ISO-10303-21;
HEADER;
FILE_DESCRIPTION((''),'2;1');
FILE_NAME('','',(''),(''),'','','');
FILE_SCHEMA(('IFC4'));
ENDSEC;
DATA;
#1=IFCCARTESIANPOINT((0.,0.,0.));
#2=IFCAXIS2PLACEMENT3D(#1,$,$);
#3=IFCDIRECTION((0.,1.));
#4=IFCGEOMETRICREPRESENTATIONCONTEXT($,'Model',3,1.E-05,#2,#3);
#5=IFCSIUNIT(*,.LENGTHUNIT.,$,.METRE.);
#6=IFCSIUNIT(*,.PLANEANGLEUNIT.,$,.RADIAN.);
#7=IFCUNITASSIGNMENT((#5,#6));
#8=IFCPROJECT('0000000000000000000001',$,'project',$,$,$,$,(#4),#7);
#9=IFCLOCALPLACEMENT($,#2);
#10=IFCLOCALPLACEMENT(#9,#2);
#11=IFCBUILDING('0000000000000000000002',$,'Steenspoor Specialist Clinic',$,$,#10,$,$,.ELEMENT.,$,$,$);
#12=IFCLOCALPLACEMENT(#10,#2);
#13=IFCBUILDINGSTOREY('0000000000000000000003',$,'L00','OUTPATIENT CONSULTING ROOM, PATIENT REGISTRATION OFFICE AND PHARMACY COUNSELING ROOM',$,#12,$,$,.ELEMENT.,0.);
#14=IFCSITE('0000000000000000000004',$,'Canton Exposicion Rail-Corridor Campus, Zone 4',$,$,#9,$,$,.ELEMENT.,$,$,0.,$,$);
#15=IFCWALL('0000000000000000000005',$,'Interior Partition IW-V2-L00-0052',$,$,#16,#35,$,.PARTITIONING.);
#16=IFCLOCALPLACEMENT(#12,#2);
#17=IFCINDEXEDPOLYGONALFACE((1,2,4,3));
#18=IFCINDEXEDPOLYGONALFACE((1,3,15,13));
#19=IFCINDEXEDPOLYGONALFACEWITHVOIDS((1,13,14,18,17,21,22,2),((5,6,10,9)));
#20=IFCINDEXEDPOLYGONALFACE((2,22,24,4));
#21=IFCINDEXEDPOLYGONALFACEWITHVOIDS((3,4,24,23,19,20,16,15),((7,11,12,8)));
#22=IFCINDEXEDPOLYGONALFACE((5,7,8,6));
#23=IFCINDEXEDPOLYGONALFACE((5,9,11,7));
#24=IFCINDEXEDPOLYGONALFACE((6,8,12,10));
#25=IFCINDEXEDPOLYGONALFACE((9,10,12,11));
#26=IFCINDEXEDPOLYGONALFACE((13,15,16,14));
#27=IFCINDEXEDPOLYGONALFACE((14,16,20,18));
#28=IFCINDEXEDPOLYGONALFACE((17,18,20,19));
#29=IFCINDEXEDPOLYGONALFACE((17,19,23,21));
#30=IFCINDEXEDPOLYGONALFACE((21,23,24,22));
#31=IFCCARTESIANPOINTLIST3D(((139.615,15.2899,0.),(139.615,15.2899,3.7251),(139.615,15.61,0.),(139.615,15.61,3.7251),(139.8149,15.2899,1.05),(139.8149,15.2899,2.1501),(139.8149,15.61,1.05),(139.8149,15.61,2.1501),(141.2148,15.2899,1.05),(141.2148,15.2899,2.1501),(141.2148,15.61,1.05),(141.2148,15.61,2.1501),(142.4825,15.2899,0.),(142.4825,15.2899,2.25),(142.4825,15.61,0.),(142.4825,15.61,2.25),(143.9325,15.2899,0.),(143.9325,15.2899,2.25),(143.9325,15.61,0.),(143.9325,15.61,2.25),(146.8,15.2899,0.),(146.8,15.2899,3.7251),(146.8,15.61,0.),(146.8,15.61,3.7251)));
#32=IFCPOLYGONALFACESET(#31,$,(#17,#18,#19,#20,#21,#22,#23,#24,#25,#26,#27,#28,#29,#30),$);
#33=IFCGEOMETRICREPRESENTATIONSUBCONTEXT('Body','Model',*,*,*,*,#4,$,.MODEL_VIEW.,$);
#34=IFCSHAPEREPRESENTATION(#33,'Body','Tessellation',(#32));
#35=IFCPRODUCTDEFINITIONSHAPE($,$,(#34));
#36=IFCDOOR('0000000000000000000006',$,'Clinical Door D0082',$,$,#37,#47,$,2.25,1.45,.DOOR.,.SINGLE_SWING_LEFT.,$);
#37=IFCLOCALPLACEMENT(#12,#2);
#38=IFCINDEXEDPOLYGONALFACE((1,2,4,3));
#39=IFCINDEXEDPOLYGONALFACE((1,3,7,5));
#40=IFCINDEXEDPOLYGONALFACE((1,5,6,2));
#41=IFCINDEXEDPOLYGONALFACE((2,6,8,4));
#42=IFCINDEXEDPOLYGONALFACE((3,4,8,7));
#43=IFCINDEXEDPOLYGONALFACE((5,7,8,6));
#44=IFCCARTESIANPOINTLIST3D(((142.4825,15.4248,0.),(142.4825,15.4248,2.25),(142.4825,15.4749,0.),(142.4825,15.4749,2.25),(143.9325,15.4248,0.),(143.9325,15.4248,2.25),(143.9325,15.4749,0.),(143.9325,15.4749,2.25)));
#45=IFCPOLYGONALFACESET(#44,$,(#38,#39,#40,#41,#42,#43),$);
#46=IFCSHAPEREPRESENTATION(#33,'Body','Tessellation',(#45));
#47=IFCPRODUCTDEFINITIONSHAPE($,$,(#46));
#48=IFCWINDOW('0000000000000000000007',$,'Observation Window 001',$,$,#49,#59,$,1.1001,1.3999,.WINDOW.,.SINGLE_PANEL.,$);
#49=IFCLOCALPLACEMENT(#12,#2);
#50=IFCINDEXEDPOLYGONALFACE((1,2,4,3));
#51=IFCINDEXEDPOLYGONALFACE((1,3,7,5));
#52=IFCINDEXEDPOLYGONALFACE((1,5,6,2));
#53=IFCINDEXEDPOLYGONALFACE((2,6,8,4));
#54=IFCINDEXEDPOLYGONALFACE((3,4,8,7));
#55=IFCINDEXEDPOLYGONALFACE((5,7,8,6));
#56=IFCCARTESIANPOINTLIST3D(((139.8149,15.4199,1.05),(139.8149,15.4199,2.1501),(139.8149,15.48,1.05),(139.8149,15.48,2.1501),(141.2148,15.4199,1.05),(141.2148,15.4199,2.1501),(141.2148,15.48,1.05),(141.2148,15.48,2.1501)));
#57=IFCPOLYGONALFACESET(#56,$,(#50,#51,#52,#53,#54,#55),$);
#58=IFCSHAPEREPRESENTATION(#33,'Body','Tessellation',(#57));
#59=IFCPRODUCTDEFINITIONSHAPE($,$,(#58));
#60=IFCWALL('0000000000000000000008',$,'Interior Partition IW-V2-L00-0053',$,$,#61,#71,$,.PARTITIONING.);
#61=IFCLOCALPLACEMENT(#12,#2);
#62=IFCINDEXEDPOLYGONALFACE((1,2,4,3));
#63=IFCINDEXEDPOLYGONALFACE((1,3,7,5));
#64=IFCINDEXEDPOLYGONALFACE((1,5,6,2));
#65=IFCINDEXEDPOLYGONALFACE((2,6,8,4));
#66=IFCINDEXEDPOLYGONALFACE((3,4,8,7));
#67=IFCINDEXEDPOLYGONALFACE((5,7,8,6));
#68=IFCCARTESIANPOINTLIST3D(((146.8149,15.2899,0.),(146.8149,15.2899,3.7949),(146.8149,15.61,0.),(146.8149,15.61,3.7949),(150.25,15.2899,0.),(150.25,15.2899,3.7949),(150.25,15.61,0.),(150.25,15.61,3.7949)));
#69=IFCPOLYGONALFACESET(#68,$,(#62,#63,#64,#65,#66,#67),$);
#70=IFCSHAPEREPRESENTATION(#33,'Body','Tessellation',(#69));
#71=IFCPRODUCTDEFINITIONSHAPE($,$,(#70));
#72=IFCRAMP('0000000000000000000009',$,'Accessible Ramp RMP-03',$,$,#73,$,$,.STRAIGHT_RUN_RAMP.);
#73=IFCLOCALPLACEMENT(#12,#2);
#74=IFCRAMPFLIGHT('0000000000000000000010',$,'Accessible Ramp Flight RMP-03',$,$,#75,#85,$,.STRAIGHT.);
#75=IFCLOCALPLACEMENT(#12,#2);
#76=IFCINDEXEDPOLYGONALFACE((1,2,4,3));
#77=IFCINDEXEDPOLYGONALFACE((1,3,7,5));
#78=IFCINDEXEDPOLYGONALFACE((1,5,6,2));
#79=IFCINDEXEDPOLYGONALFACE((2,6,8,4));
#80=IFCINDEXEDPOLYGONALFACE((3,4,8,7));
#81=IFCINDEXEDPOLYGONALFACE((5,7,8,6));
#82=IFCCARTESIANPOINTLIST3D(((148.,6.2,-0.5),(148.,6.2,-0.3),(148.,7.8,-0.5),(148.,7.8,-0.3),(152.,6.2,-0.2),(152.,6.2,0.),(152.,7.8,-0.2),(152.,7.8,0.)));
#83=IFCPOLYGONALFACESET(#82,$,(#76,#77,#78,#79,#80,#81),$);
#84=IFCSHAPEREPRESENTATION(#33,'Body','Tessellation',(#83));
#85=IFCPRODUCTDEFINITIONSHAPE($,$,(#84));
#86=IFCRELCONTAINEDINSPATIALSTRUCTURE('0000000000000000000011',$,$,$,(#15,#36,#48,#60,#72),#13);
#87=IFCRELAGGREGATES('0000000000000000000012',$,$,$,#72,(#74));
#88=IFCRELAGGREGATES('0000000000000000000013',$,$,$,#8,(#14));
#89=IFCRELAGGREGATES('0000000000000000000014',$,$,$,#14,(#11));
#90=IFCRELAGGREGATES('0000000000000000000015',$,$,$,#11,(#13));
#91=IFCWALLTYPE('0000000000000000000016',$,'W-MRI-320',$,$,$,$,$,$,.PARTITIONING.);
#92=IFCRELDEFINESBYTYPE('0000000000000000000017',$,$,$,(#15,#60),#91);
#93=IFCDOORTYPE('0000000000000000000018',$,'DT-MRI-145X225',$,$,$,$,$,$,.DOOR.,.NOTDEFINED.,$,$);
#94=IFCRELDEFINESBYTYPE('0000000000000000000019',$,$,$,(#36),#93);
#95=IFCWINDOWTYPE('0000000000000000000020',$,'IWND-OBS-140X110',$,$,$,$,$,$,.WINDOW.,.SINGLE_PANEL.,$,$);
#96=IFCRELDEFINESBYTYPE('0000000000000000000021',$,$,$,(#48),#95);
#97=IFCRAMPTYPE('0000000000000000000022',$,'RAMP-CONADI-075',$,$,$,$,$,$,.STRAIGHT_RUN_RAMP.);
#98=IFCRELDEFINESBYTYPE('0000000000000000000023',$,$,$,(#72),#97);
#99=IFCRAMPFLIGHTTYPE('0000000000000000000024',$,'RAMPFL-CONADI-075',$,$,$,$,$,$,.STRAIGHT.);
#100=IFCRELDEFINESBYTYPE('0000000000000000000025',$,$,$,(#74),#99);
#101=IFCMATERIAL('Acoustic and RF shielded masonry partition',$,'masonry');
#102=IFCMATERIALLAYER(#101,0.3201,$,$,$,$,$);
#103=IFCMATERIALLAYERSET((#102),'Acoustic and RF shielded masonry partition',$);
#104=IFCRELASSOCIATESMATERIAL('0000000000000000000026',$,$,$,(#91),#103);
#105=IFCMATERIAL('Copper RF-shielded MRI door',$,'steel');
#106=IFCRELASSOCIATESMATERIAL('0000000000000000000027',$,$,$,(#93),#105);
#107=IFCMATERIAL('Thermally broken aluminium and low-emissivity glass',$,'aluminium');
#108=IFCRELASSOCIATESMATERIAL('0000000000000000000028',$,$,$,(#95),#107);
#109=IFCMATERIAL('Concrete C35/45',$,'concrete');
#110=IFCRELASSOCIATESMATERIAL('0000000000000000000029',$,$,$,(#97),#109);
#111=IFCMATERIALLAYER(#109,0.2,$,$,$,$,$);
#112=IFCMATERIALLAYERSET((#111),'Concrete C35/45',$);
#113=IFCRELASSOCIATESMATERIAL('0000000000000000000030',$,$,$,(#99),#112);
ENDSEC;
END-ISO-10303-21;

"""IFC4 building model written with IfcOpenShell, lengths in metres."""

from ifc_helpers import new_model, si_unit, direction, frame, frame_2d, origin, place, context, subcontext, project, spatial, polyline, rectangle, outline, extrude, material, layer, layer_set, type_object, element, fill, aggregate, save


model = new_model("IFC4")

# Units and contexts
model_context = context("Model", 3, precision=1e-05, world=origin(), true_north=direction((0.0, 1.0)))
body_context = subcontext(model_context, "Body", "Model", "MODEL_VIEW")
ifc_project = project(units=[si_unit("LENGTHUNIT", "METRE"), si_unit("PLANEANGLEUNIT", "RADIAN")], contexts=[model_context])

# Site, building, storey
site_placement = place(None, origin())
site = spatial("IfcSite", under=ifc_project, at=site_placement, Name="Canton Exposicion Rail-Corridor Campus, Zone 4", CompositionType="ELEMENT", RefElevation=0.0)
building_placement = place(site_placement, origin())
building = spatial("IfcBuilding", under=site, at=building_placement, Name="Steenspoor Specialist Clinic", CompositionType="ELEMENT")
storey_placement = place(building_placement, origin())
storey = spatial("IfcBuildingStorey", under=building, at=storey_placement, Name="L00", Description="OUTPATIENT CONSULTING ROOM, PATIENT REGISTRATION OFFICE AND PHARMACY COUNSELING ROOM", CompositionType="ELEMENT", Elevation=0.0)

# Shared definitions
ifc_material_1 = material(Name="Concrete C35/45", Category="concrete")

# Shared definitions
ifc_material_2 = material(Name="Thermally broken aluminium and low-emissivity glass", Category="aluminium")

# Wall, openings, door, window
ifc_material_3 = material(Name="Acoustic and RF shielded masonry partition", Category="masonry")
ifc_layer_1 = layer(ifc_material_3, 0.3201)
ifc_layer_set_1 = layer_set([ifc_layer_1], Name="Acoustic and RF shielded masonry partition")
wall_type_1 = type_object("IfcWallType", Name="W-MRI-320", PredefinedType="PARTITIONING", material=ifc_layer_set_1)
wall_1_placement = place(storey_placement, frame((139.615, 15.45, 0.0), z_axis=(0.0, 0.0, 1.0), x_axis=(1.0, 0.0, 0.0)))
wall_1 = element("IfcWall", 1, at=wall_1_placement, inside=storey, type_object=wall_type_1, Name="Interior Partition IW-V2-L00-0052", PredefinedType="PARTITIONING", context=body_context, shape_type="SweptSolid", body=[
    extrude(rectangle(XDim=7.1851, YDim=0.3201, at=frame_2d((3.5925, 0.0))), origin(), (0.0, 0.0, 1.0), 3.7251),
])
opening_1_placement = place(wall_1_placement, frame((2.8674, 0.0, 0.0)))
opening_1 = element("IfcOpeningElement", 2, at=opening_1_placement, cuts=wall_1, PredefinedType="OPENING", context=body_context, shape_type="SweptSolid", body=[
    extrude(rectangle(XDim=1.45, YDim=2.25, at=frame_2d((0.7251, 1.125))), frame((0.0, 0.1699, 0.0), z_axis=(0.0, -1.0, 0.0), x_axis=(1.0, 0.0, 0.0)), (0.0, 0.0, 1.0), 0.3401),
])
opening_2_placement = place(wall_1_placement, frame((0.2, 0.0, 1.05)))
opening_2 = element("IfcOpeningElement", 3, at=opening_2_placement, cuts=wall_1, PredefinedType="OPENING", context=body_context, shape_type="SweptSolid", body=[
    extrude(rectangle(XDim=1.3999, YDim=1.1001, at=frame_2d((0.7, 0.55))), frame((0.0, 0.1699, 0.0), z_axis=(0.0, -1.0, 0.0), x_axis=(1.0, 0.0, 0.0)), (0.0, 0.0, 1.0), 0.3401),
])
ifc_material_4 = material(Name="Copper RF-shielded MRI door", Category="steel")
door_type = type_object("IfcDoorType", Name="DT-MRI-145X225", OperationType="NOTDEFINED", PredefinedType="DOOR", material=ifc_material_4)
door_placement = place(opening_1_placement, origin())
door = element("IfcDoor", 4, at=door_placement, inside=storey, type_object=door_type, Name="Clinical Door D0082", OperationType="SINGLE_SWING_LEFT", OverallHeight=2.25, OverallWidth=1.45, PredefinedType="DOOR", context=body_context, shape_type="SweptSolid", body=[
    extrude(rectangle(XDim=1.45, YDim=2.25, at=frame_2d((0.7251, 1.125))), frame((0.0, 0.0249, 0.0), z_axis=(0.0, -1.0, 0.0), x_axis=(1.0, 0.0, 0.0)), (0.0, 0.0, 1.0), 0.05),
])
fill(opening_1, door)
window_type_1 = type_object("IfcWindowType", Name="IWND-OBS-140X110", PartitioningType="SINGLE_PANEL", PredefinedType="WINDOW", material=ifc_material_2)
window_1_placement = place(opening_2_placement, origin())
window_1 = element("IfcWindow", 5, at=window_1_placement, inside=storey, type_object=window_type_1, Name="Observation Window 001", OverallHeight=1.1001, OverallWidth=1.3999, PartitioningType="SINGLE_PANEL", PredefinedType="WINDOW", context=body_context, shape_type="SweptSolid", body=[
    extrude(rectangle(XDim=1.3999, YDim=1.1001, at=frame_2d((0.7, 0.55))), frame((0.0, 0.03, 0.0), z_axis=(0.0, -1.0, 0.0), x_axis=(1.0, 0.0, 0.0)), (0.0, 0.0, 1.0), 0.0601),
])
fill(opening_2, window_1)

# Wall
wall_2_placement = place(storey_placement, frame((146.8149, 15.45, 0.0), z_axis=(0.0, 0.0, 1.0), x_axis=(1.0, 0.0, 0.0)))
element("IfcWall", 6, at=wall_2_placement, inside=storey, type_object=wall_type_1, Name="Interior Partition IW-V2-L00-0053", PredefinedType="PARTITIONING", context=body_context, shape_type="SweptSolid", body=[
    extrude(rectangle(XDim=3.4351, YDim=0.3201, at=frame_2d((1.7175, 0.0))), origin(), (0.0, 0.0, 1.0), 3.7949),
])

# Ramp, ramp flight
ramp_type = type_object("IfcRampType", Name="RAMP-CONADI-075", PredefinedType="STRAIGHT_RUN_RAMP", material=ifc_material_1)
ramp_placement = place(storey_placement, origin())
ramp = element("IfcRamp", 7, at=ramp_placement, inside=storey, type_object=ramp_type, Name="Accessible Ramp RMP-03", PredefinedType="STRAIGHT_RUN_RAMP")
ifc_layer_2 = layer(ifc_material_1, 0.2)
ifc_layer_set_2 = layer_set([ifc_layer_2], Name="Concrete C35/45")
ramp_flight_type = type_object("IfcRampFlightType", Name="RAMPFL-CONADI-075", PredefinedType="STRAIGHT", material=ifc_layer_set_2)
ramp_flight_placement = place(storey_placement, frame((148.0, 7.0, -0.3), z_axis=(0.0, 0.0, 1.0), x_axis=(1.0, 0.0, 0.0)))
ramp_flight = element("IfcRampFlight", 8, at=ramp_flight_placement, type_object=ramp_flight_type, Name="Accessible Ramp Flight RMP-03", PredefinedType="STRAIGHT", context=body_context, shape_type="SweptSolid", body=[
    extrude(outline(polyline([(0.0, 0.0), (4.0, 0.3), (4.0, 0.1001), (0.0, -0.2), (0.0, 0.0)])), frame((0.0, 0.8, 0.0), z_axis=(0.0, -1.0, 0.0), x_axis=(1.0, 0.0, 0.0)), (0.0, 0.0, 1.0), 1.6001),
])
aggregate(ramp, [ramp_flight])

save(model, "model.ifc")
